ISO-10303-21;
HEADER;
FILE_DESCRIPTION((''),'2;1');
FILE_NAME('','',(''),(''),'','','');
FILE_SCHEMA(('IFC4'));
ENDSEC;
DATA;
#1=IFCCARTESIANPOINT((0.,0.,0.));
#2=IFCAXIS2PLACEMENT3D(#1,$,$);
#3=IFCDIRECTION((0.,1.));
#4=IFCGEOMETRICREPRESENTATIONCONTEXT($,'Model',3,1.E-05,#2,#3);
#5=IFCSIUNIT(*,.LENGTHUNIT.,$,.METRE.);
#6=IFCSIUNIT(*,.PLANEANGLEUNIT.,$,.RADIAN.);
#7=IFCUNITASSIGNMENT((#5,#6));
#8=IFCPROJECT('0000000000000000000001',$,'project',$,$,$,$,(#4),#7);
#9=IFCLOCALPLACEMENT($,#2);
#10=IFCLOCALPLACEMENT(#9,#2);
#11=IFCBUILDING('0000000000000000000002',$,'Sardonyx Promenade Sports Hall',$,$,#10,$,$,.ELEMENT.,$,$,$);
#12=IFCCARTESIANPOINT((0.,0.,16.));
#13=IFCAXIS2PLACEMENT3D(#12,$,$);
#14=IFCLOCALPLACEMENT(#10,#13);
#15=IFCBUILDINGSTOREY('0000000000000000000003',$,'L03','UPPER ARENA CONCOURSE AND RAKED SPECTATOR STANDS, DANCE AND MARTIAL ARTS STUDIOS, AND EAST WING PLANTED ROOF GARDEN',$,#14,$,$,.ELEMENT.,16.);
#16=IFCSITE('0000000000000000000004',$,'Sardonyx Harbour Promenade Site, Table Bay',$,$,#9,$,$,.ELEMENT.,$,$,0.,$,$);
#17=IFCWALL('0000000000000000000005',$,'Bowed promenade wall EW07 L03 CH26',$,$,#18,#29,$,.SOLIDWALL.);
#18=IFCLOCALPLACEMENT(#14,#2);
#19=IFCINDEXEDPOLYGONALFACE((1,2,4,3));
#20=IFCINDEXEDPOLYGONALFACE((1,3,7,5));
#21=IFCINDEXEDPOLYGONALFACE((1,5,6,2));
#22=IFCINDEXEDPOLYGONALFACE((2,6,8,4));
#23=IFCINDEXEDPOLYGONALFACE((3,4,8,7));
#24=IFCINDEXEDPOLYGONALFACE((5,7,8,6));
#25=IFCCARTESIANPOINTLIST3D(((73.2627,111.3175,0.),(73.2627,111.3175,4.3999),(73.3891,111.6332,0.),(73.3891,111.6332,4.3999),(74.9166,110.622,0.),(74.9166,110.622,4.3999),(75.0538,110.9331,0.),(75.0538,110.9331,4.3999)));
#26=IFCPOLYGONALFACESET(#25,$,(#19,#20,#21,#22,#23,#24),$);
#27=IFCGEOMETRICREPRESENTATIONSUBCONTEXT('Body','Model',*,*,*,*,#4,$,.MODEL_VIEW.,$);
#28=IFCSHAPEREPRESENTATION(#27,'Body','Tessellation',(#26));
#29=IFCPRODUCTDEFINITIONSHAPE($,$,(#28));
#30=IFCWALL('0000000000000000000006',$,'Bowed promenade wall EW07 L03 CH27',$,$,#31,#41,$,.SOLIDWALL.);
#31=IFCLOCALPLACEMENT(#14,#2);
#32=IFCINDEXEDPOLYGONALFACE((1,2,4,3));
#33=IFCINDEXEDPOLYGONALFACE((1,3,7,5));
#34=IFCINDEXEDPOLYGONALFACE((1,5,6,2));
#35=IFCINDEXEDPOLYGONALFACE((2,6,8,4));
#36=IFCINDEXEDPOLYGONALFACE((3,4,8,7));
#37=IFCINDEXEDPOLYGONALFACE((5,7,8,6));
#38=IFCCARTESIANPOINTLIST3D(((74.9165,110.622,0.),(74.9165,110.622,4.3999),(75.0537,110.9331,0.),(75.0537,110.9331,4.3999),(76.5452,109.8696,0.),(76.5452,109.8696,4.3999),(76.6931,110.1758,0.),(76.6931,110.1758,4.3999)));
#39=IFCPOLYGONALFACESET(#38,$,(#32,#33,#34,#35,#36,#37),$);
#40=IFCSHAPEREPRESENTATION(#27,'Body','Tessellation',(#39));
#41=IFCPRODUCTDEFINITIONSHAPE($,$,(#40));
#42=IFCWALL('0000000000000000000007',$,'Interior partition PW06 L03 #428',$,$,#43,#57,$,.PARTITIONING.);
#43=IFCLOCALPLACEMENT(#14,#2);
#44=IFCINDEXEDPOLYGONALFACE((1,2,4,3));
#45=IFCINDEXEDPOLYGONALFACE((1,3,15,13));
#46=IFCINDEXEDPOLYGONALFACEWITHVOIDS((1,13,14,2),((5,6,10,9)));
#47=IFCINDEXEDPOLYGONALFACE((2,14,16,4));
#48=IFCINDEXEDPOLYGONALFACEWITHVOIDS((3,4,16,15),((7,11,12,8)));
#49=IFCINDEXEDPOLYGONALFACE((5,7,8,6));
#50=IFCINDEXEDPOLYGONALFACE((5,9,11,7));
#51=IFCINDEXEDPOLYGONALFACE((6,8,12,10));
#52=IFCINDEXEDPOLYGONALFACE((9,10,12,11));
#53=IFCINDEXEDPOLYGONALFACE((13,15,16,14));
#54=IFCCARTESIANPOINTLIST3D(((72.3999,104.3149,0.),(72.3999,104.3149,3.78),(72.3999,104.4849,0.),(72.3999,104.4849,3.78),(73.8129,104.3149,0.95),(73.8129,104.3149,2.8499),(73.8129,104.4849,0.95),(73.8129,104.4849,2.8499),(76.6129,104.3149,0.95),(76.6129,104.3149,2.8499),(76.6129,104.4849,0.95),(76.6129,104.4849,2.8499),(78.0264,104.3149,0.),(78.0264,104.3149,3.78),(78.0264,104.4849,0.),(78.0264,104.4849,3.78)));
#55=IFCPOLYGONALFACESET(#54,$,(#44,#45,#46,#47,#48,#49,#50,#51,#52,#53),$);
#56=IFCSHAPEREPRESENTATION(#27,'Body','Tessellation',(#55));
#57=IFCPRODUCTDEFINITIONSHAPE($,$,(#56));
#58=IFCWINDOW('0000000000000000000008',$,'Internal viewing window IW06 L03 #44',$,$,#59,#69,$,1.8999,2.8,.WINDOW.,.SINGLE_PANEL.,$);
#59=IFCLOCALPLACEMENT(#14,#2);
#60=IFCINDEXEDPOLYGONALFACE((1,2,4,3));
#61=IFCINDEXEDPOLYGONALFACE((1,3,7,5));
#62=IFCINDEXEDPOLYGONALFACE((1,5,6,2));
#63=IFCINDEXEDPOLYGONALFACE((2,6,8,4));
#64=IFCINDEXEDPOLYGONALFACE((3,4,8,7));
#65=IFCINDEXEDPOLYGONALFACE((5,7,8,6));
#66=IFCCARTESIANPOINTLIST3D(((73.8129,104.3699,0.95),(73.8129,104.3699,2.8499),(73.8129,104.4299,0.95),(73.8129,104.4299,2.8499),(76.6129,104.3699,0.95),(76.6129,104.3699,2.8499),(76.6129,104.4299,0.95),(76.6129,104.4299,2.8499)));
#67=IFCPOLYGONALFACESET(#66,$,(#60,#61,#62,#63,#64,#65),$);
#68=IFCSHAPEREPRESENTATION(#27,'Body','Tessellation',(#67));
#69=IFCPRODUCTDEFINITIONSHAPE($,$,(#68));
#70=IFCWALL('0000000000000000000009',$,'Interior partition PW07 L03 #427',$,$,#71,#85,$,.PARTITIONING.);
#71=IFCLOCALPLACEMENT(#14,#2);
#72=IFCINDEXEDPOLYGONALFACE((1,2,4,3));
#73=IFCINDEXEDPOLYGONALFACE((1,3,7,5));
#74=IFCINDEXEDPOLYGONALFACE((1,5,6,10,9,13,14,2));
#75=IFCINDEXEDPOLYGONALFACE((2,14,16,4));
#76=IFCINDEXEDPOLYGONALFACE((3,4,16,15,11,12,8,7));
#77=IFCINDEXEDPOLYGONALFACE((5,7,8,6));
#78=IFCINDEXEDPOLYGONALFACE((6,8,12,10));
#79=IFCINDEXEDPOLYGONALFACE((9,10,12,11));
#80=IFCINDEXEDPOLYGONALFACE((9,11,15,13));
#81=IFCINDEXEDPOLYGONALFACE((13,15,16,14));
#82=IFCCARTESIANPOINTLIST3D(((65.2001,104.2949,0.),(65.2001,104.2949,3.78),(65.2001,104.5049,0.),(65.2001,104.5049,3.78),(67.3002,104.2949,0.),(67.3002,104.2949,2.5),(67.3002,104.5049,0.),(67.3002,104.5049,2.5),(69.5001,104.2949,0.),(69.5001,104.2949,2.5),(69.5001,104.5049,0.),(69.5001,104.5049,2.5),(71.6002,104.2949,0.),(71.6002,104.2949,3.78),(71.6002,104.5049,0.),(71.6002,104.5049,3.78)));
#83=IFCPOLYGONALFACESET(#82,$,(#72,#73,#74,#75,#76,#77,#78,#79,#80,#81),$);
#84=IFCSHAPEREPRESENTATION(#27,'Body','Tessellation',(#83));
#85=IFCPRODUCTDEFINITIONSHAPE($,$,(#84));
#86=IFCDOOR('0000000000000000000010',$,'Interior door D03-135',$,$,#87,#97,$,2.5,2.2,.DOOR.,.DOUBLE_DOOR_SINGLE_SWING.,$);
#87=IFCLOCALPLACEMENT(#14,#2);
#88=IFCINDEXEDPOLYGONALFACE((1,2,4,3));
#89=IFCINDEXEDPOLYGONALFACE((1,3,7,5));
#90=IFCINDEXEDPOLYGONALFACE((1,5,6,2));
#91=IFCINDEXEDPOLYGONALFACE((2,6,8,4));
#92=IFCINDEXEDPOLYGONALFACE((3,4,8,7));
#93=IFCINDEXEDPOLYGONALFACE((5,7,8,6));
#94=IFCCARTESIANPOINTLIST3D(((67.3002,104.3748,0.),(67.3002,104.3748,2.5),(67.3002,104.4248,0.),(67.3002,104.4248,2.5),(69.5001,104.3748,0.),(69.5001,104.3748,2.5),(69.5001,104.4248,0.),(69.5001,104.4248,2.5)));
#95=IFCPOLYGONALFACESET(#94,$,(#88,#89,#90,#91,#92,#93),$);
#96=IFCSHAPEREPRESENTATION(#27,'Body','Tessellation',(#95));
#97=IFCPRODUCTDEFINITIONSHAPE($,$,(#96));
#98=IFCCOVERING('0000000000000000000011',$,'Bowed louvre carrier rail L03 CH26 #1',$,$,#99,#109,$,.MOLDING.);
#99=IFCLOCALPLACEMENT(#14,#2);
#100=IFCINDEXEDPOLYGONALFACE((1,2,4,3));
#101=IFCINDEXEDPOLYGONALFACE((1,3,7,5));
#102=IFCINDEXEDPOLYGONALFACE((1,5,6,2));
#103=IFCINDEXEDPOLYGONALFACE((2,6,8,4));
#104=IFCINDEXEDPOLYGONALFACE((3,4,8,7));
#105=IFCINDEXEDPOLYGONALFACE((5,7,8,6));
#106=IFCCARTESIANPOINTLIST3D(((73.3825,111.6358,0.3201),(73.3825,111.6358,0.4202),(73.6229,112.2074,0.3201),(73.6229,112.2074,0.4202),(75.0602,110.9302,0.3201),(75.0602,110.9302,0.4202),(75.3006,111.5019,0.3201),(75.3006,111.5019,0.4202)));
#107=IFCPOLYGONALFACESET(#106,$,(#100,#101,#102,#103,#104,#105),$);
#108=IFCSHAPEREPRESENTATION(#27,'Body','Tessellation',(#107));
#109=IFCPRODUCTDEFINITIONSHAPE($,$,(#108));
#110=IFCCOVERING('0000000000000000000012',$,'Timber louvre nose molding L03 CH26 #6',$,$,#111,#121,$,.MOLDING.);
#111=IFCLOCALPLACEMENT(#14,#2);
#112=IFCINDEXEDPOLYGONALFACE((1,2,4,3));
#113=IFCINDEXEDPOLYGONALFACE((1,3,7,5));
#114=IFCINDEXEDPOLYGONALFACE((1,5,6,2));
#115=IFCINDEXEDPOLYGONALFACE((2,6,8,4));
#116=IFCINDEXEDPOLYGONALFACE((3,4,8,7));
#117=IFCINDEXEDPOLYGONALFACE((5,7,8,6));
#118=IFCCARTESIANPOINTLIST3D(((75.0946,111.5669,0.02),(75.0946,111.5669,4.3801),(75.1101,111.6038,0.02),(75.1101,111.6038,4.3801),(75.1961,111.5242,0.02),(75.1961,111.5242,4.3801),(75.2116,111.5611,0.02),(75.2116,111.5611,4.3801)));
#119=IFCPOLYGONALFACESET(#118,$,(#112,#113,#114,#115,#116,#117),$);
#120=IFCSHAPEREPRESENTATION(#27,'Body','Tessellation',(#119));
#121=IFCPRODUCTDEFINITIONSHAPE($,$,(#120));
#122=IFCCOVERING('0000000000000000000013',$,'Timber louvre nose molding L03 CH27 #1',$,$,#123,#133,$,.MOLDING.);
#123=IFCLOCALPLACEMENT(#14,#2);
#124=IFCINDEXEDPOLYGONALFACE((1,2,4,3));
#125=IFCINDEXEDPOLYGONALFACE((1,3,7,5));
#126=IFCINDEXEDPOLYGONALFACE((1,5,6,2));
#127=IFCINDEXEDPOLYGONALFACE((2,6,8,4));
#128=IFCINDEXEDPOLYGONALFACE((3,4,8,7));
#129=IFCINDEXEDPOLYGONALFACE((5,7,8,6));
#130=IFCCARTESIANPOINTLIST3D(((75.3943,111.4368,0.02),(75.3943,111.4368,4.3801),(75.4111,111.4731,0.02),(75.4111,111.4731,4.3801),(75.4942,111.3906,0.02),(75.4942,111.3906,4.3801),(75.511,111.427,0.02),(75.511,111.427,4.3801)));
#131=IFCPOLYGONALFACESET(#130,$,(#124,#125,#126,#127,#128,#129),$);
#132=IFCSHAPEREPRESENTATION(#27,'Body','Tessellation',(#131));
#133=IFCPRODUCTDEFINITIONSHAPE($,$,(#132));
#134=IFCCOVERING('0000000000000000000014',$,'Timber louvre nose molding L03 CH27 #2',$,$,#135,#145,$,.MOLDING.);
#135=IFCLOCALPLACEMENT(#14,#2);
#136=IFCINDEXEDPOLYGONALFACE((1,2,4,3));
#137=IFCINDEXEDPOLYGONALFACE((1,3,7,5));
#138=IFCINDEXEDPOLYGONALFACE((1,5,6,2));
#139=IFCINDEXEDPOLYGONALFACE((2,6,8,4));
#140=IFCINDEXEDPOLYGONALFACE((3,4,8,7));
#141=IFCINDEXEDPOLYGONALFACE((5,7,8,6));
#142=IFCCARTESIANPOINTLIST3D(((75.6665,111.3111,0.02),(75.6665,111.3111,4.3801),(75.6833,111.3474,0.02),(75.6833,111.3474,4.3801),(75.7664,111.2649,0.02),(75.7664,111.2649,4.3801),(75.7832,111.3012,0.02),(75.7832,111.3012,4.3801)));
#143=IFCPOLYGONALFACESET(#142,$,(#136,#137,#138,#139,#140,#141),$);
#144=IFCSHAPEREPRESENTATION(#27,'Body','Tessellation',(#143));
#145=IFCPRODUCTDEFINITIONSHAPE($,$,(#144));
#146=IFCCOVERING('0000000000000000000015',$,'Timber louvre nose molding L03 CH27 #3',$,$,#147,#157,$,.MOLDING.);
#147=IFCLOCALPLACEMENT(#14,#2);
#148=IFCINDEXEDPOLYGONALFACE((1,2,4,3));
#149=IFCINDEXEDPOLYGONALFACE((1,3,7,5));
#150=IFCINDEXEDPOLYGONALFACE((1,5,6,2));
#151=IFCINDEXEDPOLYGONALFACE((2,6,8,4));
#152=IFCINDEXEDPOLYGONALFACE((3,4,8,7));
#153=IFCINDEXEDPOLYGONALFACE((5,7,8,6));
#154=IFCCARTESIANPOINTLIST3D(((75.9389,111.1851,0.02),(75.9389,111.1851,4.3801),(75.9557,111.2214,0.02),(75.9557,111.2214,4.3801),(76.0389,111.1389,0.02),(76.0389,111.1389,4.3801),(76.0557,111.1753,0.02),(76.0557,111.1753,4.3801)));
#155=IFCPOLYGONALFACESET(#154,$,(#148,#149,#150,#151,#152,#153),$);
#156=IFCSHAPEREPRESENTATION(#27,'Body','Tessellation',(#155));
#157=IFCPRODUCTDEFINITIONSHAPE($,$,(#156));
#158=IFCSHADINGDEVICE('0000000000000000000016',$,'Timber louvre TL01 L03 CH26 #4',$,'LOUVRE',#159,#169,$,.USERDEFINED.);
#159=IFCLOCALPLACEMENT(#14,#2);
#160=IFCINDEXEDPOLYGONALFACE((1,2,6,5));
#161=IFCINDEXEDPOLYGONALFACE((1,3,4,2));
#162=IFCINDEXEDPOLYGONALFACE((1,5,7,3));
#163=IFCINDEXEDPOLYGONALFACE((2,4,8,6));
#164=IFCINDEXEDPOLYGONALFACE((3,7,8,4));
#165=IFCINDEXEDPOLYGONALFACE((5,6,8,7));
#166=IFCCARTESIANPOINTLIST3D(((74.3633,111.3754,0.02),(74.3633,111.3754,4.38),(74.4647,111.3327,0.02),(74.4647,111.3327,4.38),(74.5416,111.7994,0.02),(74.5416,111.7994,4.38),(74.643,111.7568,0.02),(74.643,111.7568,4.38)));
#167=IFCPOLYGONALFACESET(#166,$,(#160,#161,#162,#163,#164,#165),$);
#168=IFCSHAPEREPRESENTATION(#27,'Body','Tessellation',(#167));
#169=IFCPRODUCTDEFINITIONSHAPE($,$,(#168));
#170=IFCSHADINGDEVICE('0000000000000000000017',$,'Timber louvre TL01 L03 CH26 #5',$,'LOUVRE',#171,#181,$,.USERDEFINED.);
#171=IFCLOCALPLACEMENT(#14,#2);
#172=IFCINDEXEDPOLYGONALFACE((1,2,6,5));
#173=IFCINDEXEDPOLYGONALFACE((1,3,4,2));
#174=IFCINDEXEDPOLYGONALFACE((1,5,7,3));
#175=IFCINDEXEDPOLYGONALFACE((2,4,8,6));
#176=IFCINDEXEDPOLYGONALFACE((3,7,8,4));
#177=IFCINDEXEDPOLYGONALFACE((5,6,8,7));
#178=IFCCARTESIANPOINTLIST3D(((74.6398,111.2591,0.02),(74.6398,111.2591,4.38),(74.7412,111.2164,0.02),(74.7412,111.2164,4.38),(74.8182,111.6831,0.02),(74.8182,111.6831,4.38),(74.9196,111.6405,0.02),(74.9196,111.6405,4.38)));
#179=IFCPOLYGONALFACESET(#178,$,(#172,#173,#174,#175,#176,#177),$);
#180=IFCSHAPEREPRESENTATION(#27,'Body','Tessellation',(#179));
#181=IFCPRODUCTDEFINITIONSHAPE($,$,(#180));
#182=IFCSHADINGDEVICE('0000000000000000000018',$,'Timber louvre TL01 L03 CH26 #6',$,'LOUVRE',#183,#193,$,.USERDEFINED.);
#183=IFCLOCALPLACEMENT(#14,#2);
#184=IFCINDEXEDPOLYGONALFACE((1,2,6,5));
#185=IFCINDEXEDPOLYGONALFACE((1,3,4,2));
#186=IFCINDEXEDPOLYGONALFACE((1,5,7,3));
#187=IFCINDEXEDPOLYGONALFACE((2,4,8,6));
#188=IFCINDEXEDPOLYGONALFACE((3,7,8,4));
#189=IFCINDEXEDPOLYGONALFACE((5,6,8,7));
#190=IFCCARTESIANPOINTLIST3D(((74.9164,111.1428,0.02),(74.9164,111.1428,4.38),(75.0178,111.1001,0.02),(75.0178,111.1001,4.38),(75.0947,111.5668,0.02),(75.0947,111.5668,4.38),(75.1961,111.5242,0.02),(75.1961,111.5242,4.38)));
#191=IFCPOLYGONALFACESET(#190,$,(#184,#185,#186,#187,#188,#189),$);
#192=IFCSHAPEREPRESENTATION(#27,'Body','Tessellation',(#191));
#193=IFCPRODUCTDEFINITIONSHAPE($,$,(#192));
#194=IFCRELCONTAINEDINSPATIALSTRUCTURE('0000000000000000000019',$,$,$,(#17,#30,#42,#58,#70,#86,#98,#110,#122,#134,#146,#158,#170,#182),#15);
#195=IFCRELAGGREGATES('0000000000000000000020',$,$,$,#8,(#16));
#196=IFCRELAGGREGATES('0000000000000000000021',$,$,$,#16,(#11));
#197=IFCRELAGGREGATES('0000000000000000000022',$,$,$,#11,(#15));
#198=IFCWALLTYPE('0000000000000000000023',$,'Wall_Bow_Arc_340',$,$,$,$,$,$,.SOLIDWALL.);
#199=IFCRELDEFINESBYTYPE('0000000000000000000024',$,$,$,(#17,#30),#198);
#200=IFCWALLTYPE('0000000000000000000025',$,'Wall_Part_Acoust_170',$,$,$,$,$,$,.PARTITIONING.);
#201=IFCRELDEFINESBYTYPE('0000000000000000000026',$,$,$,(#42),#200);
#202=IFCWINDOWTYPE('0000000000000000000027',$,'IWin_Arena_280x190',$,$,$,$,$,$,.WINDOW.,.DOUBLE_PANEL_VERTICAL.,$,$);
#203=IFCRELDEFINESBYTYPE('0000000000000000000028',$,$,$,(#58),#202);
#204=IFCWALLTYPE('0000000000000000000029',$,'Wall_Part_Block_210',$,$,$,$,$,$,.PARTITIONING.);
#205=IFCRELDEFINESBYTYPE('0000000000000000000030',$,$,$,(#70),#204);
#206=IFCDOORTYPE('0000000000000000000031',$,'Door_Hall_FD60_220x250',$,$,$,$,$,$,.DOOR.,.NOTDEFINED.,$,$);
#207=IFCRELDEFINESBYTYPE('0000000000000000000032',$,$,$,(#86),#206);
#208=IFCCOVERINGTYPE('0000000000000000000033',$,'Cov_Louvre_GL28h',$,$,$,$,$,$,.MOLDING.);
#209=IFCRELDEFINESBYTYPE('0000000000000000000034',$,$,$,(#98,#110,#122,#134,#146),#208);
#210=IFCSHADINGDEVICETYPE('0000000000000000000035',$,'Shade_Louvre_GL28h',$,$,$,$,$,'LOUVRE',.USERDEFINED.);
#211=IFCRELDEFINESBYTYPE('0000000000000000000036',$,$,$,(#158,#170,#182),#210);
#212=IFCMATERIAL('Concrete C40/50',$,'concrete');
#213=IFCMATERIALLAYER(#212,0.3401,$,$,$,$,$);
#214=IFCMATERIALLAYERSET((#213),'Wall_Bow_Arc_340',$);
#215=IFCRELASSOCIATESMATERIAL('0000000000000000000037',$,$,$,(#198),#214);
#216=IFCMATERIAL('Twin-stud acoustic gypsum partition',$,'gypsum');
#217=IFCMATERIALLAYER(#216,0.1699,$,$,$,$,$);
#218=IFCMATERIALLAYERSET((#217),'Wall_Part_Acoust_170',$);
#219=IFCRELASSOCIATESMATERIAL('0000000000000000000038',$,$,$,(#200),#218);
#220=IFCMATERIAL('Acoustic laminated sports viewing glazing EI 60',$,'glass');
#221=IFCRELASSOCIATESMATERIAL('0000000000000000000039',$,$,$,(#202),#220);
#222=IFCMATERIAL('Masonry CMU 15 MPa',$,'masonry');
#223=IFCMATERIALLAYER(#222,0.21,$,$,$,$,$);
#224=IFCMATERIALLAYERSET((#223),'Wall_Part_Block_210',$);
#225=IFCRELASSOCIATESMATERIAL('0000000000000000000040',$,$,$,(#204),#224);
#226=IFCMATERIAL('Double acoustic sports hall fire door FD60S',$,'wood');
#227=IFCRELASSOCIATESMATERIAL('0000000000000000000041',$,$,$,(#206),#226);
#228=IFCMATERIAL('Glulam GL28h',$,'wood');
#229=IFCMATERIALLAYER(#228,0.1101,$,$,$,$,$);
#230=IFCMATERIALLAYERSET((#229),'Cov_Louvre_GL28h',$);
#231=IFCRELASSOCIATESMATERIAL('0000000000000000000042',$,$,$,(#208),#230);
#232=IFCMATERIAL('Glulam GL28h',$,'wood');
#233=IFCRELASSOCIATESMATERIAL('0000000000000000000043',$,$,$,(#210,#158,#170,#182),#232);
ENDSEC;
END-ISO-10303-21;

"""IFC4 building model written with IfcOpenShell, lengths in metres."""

from ifc_helpers import new_model, si_unit, direction, frame, frame_2d, origin, origin_2d, place, context, subcontext, project, spatial, polyline, rectangle, outline, extrude, material, layer, layer_set, type_object, element, fill, save


model = new_model("IFC4")

# Units and contexts
model_context = context("Model", 3, precision=1e-05, world=origin(), true_north=direction((0.0, 1.0)))
body_context = subcontext(model_context, "Body", "Model", "MODEL_VIEW")
ifc_project = project(units=[si_unit("LENGTHUNIT", "METRE"), si_unit("PLANEANGLEUNIT", "RADIAN")], contexts=[model_context])

# Site, building, storey
site_placement = place(None, origin())
site = spatial("IfcSite", under=ifc_project, at=site_placement, Name="Sardonyx Harbour Promenade Site, Table Bay", CompositionType="ELEMENT", RefElevation=0.0)
building_placement = place(site_placement, origin())
building = spatial("IfcBuilding", under=site, at=building_placement, Name="Sardonyx Promenade Sports Hall", CompositionType="ELEMENT")
storey_placement = place(building_placement, frame((0.0, 0.0, 16.0)))
storey = spatial("IfcBuildingStorey", under=building, at=storey_placement, Name="L03", Description="UPPER ARENA CONCOURSE AND RAKED SPECTATOR STANDS, DANCE AND MARTIAL ARTS STUDIOS, AND EAST WING PLANTED ROOF GARDEN", CompositionType="ELEMENT", Elevation=16.0)

# Walls
ifc_material_1 = material(Name="Concrete C40/50", Category="concrete")
ifc_layer_1 = layer(ifc_material_1, 0.3401)
ifc_layer_set_1 = layer_set([ifc_layer_1], Name="Wall_Bow_Arc_340")
wall_type_1 = type_object("IfcWallType", Name="Wall_Bow_Arc_340", PredefinedType="SOLIDWALL", material=ifc_layer_set_1)
wall_1_placement = place(storey_placement, frame((73.3259, 111.4753, 0.0), z_axis=(0.0, 0.0, 1.0), x_axis=(0.921804, -0.387657, 0.0)))
element("IfcWall", 1, at=wall_1_placement, inside=storey, type_object=wall_type_1, Name="Bowed promenade wall EW07 L03 CH26", PredefinedType="SOLIDWALL", context=body_context, shape_type="SweptSolid", body=[
    extrude(outline(polyline([(0.0029, -0.17), (1.7971, -0.17), (1.8029, 0.17), (-0.0029, 0.17), (0.0029, -0.17)])), origin(), (0.0, 0.0, 1.0), 4.3999),
])
wall_2_placement = place(storey_placement, frame((74.9851, 110.7776, 0.0), z_axis=(0.0, 0.0, 1.0), x_axis=(0.907808, -0.419385, 0.0)))
element("IfcWall", 2, at=wall_2_placement, inside=storey, type_object=wall_type_1, Name="Bowed promenade wall EW07 L03 CH27", PredefinedType="SOLIDWALL", context=body_context, shape_type="SweptSolid", body=[
    extrude(outline(polyline([(0.0029, -0.17), (1.7971, -0.17), (1.8029, 0.17), (-0.0029, 0.17), (0.0029, -0.17)])), origin(), (0.0, 0.0, 1.0), 4.3999),
])

# Wall, opening, window
ifc_material_2 = material(Name="Twin-stud acoustic gypsum partition", Category="gypsum")
ifc_layer_2 = layer(ifc_material_2, 0.1699)
ifc_layer_set_2 = layer_set([ifc_layer_2], Name="Wall_Part_Acoust_170")
wall_type_2 = type_object("IfcWallType", Name="Wall_Part_Acoust_170", PredefinedType="PARTITIONING", material=ifc_layer_set_2)
wall_3_placement = place(storey_placement, frame((72.3999, 104.3999, 0.0), z_axis=(0.0, 0.0, 1.0), x_axis=(1.0, 0.0, 0.0)))
wall_3 = element("IfcWall", 3, at=wall_3_placement, inside=storey, type_object=wall_type_2, Name="Interior partition PW06 L03 #428", PredefinedType="PARTITIONING", context=body_context, shape_type="SweptSolid", body=[
    extrude(rectangle(XDim=5.6265, YDim=0.1699, at=frame_2d((2.8132, 0.0))), origin(), (0.0, 0.0, 1.0), 3.78),
])
opening_1_placement = place(wall_3_placement, frame((1.4131, 0.0, 0.95)))
opening_1 = element("IfcOpeningElement", 4, at=opening_1_placement, cuts=wall_3, PredefinedType="OPENING", context=body_context, shape_type="SweptSolid", body=[
    extrude(rectangle(XDim=2.8, YDim=1.8999, at=frame_2d((1.3999, 0.95))), frame((0.0, 0.095, 0.0), z_axis=(0.0, -1.0, 0.0), x_axis=(1.0, 0.0, 0.0)), (0.0, 0.0, 1.0), 0.19),
])
ifc_material_3 = material(Name="Acoustic laminated sports viewing glazing EI 60", Category="glass")
window_type = type_object("IfcWindowType", Name="IWin_Arena_280x190", PartitioningType="DOUBLE_PANEL_VERTICAL", PredefinedType="WINDOW", material=ifc_material_3)
window_placement = place(opening_1_placement, origin())
window = element("IfcWindow", 5, at=window_placement, inside=storey, type_object=window_type, Name="Internal viewing window IW06 L03 #44", OverallHeight=1.8999, OverallWidth=2.8, PartitioningType="SINGLE_PANEL", PredefinedType="WINDOW", context=body_context, shape_type="SweptSolid", body=[
    extrude(rectangle(XDim=2.8, YDim=1.8999, at=frame_2d((1.3999, 0.95))), frame((0.0, 0.03, 0.0), z_axis=(0.0, -1.0, 0.0), x_axis=(1.0, 0.0, 0.0)), (0.0, 0.0, 1.0), 0.0601),
])
fill(opening_1, window)

# Wall, opening, door
ifc_material_4 = material(Name="Masonry CMU 15 MPa", Category="masonry")
ifc_layer_3 = layer(ifc_material_4, 0.21)
ifc_layer_set_3 = layer_set([ifc_layer_3], Name="Wall_Part_Block_210")
wall_type_3 = type_object("IfcWallType", Name="Wall_Part_Block_210", PredefinedType="PARTITIONING", material=ifc_layer_set_3)
wall_4_placement = place(storey_placement, frame((65.2, 104.3999, 0.0), z_axis=(0.0, 0.0, 1.0), x_axis=(1.0, 0.0, 0.0)))
wall_4 = element("IfcWall", 6, at=wall_4_placement, inside=storey, type_object=wall_type_3, Name="Interior partition PW07 L03 #427", PredefinedType="PARTITIONING", context=body_context, shape_type="SweptSolid", body=[
    extrude(rectangle(XDim=6.4001, YDim=0.21, at=frame_2d((3.2002, 0.0))), origin(), (0.0, 0.0, 1.0), 3.78),
])
opening_2_placement = place(wall_4_placement, frame((2.1001, 0.0, 0.0)))
opening_2 = element("IfcOpeningElement", 7, at=opening_2_placement, cuts=wall_4, PredefinedType="OPENING", context=body_context, shape_type="SweptSolid", body=[
    extrude(rectangle(XDim=2.2, YDim=2.5, at=frame_2d((1.1001, 1.25))), frame((0.0, 0.115, 0.0), z_axis=(0.0, -1.0, 0.0), x_axis=(1.0, 0.0, 0.0)), (0.0, 0.0, 1.0), 0.23),
])
ifc_material_5 = material(Name="Double acoustic sports hall fire door FD60S", Category="wood")
door_type = type_object("IfcDoorType", Name="Door_Hall_FD60_220x250", OperationType="NOTDEFINED", PredefinedType="DOOR", material=ifc_material_5)
door_placement = place(opening_2_placement, origin())
door = element("IfcDoor", 8, at=door_placement, inside=storey, type_object=door_type, Name="Interior door D03-135", OperationType="DOUBLE_DOOR_SINGLE_SWING", OverallHeight=2.5, OverallWidth=2.2, PredefinedType="DOOR", context=body_context, shape_type="SweptSolid", body=[
    extrude(rectangle(XDim=2.2, YDim=2.5, at=frame_2d((1.1001, 1.25))), frame((0.0, 0.0249, 0.0), z_axis=(0.0, -1.0, 0.0), x_axis=(1.0, 0.0, 0.0)), (0.0, 0.0, 1.0), 0.05),
])
fill(opening_2, door)

# Coverings
ifc_material_6 = material(Name="Glulam GL28h", Category="wood")
ifc_layer_4 = layer(ifc_material_6, 0.1101)
ifc_layer_set_4 = layer_set([ifc_layer_4], Name="Cov_Louvre_GL28h")
covering_type = type_object("IfcCoveringType", Name="Cov_Louvre_GL28h", PredefinedType="MOLDING", material=ifc_layer_set_4)
covering_placement = place(storey_placement, frame((74.3416, 111.5688, 0.3201), z_axis=(0.0, 0.0, 1.0), x_axis=(0.9218, -0.387665, 0.0)))
element("IfcCovering", 9, at=covering_placement, inside=storey, type_object=covering_type, Name="Bowed louvre carrier rail L03 CH26 #1", PredefinedType="MOLDING", context=body_context, shape_type="SweptSolid", body=[
    extrude(rectangle(XDim=1.8201, YDim=0.6201, at=origin_2d()), origin(), (0.0, 0.0, 1.0), 0.1001),
])
for number, where, z_axis, x_axis, name in (
    (10, (75.1531, 111.564, 0.02), (0.0, 0.0, 1.0), (0.9218, -0.387665, 0.0), "Timber louvre nose molding L03 CH26 #6"),
    (11, (75.4526, 111.4319, 0.02), (0.0, 0.0, 1.0), (0.907831, -0.419336, 0.0), "Timber louvre nose molding L03 CH27 #1"),
    (12, (75.7249, 111.3062, 0.02), (0.0, 0.0, 1.0), (0.907831, -0.419336, 0.0), "Timber louvre nose molding L03 CH27 #2"),
    (13, (75.9973, 111.1802, 0.02), (0.0, 0.0, 1.0), (0.907831, -0.419336, 0.0), "Timber louvre nose molding L03 CH27 #3"),
):
    element("IfcCovering", number, at=place(storey_placement, frame(where, z_axis=z_axis, x_axis=x_axis)), inside=storey, type_object=covering_type, Name=name, PredefinedType="MOLDING", context=body_context, shape_type="SweptSolid", body=[
        extrude(rectangle(XDim=0.1101, YDim=0.04, at=origin_2d()), origin(), (0.0, 0.0, 1.0), 4.3601),
    ])

# Shading devices
ifc_material_7 = material(Name="Glulam GL28h", Category="wood")
shading_device_type = type_object("IfcShadingDeviceType", Name="Shade_Louvre_GL28h", ElementType="LOUVRE", PredefinedType="USERDEFINED", material=ifc_material_7)
for number, where, z_axis, x_axis, name in (
    (14, (74.5032, 111.5661, 0.02), (0.0, 0.0, 1.0), (0.9218, -0.387665, 0.0), "Timber louvre TL01 L03 CH26 #4"),
    (15, (74.7797, 111.4498, 0.02), (0.0, 0.0, 1.0), (0.9218, -0.387665, 0.0), "Timber louvre TL01 L03 CH26 #5"),
    (16, (75.0562, 111.3335, 0.02), (0.0, 0.0, 1.0), (0.9218, -0.387665, 0.0), "Timber louvre TL01 L03 CH26 #6"),
):
    element("IfcShadingDevice", number, at=place(storey_placement, frame(where, z_axis=z_axis, x_axis=x_axis)), inside=storey, type_object=shading_device_type, material=ifc_material_7, Name=name, ObjectType="LOUVRE", PredefinedType="USERDEFINED", context=body_context, shape_type="SweptSolid", body=[
        extrude(rectangle(XDim=0.11, YDim=0.46), origin(), (0.0, 0.0, 1.0), 4.36),
    ])

save(model, "model.ifc")
